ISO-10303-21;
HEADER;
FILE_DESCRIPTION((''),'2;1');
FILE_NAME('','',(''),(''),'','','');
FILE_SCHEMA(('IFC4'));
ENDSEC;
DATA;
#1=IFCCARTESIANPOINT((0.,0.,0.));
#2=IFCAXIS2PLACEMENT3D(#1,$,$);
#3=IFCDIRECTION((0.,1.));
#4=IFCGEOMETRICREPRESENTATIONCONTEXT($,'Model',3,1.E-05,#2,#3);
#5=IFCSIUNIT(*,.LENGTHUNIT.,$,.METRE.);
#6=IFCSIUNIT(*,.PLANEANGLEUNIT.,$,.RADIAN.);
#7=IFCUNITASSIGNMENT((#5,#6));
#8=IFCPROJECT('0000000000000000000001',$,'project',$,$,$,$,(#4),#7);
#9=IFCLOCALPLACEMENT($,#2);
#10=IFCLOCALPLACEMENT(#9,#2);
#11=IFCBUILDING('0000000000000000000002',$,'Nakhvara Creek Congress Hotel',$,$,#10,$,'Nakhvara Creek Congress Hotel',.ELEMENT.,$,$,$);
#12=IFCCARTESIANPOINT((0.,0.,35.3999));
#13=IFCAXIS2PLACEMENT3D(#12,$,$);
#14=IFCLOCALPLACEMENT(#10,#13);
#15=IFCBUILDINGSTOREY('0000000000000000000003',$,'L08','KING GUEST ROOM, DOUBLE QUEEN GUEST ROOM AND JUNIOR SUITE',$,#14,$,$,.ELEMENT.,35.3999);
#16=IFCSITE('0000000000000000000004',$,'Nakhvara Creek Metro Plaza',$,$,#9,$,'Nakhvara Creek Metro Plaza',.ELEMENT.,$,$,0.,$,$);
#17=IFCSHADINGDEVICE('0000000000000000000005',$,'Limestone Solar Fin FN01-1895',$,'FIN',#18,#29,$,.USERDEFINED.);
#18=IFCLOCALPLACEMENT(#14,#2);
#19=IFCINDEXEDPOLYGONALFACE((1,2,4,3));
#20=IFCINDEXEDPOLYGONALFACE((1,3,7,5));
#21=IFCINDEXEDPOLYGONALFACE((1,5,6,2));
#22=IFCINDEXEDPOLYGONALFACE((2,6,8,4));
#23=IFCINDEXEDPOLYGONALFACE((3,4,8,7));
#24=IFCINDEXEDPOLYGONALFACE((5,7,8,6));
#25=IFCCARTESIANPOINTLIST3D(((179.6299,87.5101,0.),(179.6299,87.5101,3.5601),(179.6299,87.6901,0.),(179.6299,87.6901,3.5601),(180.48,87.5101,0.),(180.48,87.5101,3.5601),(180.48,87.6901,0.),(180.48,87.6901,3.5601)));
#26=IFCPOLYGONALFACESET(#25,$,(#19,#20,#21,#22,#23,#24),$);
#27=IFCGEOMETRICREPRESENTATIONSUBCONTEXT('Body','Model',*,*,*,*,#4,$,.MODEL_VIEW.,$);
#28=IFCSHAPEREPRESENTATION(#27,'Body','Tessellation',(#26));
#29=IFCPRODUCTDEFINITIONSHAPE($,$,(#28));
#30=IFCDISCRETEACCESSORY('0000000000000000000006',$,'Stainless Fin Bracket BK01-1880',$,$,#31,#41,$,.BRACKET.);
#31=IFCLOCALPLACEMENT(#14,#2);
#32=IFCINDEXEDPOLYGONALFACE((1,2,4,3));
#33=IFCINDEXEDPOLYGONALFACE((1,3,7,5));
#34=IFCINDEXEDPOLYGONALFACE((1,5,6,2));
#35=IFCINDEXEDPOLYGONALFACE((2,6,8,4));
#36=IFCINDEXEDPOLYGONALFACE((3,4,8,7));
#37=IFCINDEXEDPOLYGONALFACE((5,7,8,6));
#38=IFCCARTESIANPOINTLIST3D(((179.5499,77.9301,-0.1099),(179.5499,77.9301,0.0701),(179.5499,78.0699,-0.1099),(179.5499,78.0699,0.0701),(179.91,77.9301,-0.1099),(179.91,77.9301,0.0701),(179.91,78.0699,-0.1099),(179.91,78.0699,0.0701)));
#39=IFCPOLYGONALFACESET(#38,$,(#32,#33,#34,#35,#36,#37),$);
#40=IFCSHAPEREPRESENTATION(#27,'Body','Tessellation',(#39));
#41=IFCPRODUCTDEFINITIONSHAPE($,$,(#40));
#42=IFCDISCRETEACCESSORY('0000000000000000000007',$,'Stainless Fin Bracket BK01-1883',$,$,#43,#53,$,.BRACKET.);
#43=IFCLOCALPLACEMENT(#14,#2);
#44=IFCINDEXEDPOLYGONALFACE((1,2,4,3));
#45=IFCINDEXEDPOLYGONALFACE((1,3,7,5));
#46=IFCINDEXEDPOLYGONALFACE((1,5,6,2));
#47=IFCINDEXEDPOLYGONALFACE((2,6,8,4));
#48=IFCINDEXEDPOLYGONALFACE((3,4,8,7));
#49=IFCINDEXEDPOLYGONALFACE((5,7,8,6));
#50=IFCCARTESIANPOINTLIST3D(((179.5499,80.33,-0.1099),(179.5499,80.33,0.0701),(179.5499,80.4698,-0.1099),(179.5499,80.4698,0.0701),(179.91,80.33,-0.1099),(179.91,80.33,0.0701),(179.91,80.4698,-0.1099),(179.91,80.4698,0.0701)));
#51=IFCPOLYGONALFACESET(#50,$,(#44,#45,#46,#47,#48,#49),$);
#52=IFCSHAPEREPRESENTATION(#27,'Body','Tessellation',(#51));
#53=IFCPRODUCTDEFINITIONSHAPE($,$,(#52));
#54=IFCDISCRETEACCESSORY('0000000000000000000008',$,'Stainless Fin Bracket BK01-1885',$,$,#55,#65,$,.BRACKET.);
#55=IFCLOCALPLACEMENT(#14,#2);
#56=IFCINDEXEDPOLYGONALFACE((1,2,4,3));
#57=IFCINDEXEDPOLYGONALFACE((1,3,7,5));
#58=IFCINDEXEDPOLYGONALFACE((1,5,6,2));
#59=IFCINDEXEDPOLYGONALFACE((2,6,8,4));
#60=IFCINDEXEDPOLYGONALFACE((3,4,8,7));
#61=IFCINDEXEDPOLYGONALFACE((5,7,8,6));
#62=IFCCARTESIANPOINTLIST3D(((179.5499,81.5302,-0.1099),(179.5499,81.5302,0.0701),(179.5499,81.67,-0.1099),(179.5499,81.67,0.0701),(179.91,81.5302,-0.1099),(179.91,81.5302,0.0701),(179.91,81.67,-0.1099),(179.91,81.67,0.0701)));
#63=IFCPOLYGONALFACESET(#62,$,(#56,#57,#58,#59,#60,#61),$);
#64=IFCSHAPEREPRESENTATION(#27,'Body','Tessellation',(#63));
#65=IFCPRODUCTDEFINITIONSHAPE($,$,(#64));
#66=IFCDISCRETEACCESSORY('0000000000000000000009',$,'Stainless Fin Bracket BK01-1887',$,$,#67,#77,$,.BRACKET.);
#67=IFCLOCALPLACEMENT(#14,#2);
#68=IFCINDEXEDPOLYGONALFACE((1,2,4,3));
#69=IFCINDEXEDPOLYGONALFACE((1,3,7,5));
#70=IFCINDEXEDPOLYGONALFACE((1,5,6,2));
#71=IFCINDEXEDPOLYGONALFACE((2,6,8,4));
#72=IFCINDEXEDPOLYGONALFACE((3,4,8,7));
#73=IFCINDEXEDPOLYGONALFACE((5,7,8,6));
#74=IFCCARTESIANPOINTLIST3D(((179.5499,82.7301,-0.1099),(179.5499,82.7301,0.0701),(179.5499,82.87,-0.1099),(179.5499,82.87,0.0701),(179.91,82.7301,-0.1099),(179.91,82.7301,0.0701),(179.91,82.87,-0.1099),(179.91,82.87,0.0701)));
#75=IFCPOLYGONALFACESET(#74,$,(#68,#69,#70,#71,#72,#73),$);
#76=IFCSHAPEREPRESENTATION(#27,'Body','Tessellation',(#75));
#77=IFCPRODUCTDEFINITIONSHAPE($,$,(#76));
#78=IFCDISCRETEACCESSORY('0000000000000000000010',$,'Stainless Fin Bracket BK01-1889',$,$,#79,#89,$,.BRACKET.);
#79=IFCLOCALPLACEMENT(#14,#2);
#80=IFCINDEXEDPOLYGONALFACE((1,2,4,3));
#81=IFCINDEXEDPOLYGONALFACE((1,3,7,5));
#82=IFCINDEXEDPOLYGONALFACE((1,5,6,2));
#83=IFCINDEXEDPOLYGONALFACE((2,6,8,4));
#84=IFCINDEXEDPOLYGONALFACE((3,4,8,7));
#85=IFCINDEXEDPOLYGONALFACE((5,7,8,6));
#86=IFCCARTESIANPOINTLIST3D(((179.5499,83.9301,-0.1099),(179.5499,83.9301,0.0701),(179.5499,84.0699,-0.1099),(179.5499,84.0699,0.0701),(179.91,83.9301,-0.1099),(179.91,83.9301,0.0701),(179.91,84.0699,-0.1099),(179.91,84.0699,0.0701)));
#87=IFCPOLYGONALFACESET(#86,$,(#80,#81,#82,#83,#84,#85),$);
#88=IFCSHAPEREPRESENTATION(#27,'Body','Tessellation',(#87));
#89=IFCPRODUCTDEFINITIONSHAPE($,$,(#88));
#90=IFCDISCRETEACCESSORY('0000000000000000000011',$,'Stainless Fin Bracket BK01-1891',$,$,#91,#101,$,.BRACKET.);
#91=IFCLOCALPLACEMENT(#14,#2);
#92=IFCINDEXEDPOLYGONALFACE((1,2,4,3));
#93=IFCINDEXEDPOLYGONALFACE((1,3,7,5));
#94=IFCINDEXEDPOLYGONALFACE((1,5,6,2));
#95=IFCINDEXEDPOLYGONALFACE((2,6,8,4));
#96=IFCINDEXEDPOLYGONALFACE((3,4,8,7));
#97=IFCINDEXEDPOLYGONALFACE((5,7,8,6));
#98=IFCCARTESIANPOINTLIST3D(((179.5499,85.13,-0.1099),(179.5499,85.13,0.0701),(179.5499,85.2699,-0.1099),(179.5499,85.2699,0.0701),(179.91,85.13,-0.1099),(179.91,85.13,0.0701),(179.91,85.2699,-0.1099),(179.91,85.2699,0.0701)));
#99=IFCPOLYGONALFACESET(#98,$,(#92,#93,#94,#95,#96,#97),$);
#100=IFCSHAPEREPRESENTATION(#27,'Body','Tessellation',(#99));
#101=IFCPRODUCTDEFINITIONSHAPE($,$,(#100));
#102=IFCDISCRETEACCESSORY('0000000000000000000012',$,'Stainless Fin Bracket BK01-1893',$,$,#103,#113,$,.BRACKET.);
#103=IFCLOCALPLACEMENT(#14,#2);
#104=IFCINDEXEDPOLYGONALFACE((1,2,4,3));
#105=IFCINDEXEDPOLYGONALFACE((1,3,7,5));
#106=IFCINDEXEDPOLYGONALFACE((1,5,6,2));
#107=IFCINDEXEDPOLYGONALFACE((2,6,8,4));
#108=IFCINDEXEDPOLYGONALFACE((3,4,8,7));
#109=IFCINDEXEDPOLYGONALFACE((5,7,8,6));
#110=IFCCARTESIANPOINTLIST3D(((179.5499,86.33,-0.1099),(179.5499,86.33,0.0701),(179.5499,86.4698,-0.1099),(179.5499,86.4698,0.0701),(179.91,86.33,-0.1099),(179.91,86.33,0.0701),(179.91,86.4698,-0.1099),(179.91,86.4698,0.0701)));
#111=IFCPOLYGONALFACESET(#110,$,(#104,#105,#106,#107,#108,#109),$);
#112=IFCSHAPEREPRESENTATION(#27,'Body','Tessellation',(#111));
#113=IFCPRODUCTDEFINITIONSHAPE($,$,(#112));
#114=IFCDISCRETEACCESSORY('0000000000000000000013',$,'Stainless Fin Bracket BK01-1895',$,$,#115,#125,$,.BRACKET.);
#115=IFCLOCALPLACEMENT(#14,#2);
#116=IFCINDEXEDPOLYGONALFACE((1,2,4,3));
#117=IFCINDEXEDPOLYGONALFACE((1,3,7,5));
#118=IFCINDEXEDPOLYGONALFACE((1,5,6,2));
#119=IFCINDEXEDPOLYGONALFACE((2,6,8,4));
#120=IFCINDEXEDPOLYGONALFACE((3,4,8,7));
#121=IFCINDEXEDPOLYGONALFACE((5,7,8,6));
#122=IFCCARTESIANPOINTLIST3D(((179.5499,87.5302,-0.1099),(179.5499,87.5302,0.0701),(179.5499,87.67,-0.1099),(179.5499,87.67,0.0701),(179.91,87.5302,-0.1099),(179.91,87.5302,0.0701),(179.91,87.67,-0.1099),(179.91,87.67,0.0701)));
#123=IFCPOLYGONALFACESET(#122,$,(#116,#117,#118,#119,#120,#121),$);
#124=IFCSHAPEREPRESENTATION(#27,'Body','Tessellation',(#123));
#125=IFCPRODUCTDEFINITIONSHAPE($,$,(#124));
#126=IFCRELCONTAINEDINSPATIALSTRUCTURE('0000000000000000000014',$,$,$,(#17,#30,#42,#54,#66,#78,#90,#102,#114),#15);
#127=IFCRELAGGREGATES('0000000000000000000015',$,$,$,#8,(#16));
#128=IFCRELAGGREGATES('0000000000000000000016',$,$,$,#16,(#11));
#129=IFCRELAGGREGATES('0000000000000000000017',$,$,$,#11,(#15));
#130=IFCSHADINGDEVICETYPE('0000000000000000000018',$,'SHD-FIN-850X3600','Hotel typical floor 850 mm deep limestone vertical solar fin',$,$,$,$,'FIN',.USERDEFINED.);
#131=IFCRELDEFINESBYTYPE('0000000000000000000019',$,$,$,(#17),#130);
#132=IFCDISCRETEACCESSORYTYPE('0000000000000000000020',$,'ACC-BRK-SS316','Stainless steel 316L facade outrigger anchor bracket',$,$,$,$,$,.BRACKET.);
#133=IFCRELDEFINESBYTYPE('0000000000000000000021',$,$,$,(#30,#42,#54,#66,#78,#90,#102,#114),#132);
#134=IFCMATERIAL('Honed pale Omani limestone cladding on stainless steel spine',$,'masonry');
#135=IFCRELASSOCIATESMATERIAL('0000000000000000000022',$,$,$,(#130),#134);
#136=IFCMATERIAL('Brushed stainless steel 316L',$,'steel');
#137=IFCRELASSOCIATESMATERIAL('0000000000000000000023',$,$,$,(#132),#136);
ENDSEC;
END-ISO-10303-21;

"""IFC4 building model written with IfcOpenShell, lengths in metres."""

from ifc_helpers import new_model, si_unit, direction, frame, origin, origin_2d, place, context, subcontext, project, spatial, rectangle, extrude, material, type_object, element, save


model = new_model("IFC4")

# Units and contexts
model_context = context("Model", 3, precision=1e-05, world=origin(), true_north=direction((0.0, 1.0)))
body_context = subcontext(model_context, "Body", "Model", "MODEL_VIEW")
ifc_project = project(units=[si_unit("LENGTHUNIT", "METRE"), si_unit("PLANEANGLEUNIT", "RADIAN")], contexts=[model_context])

# Site, building, storey
site_placement = place(None, origin())
site = spatial("IfcSite", under=ifc_project, at=site_placement, Name="Nakhvara Creek Metro Plaza", LongName="Nakhvara Creek Metro Plaza", CompositionType="ELEMENT", RefElevation=0.0)
building_placement = place(site_placement, origin())
building = spatial("IfcBuilding", under=site, at=building_placement, Name="Nakhvara Creek Congress Hotel", LongName="Nakhvara Creek Congress Hotel", CompositionType="ELEMENT")
storey_placement = place(building_placement, frame((0.0, 0.0, 35.3999)))
storey = spatial("IfcBuildingStorey", under=building, at=storey_placement, Name="L08", Description="KING GUEST ROOM, DOUBLE QUEEN GUEST ROOM AND JUNIOR SUITE", CompositionType="ELEMENT", Elevation=35.3999)

# Shading device
ifc_material_1 = material(Name="Honed pale Omani limestone cladding on stainless steel spine", Category="masonry")
shading_device_type = type_object("IfcShadingDeviceType", Name="SHD-FIN-850X3600", Description="Hotel typical floor 850 mm deep limestone vertical solar fin", ElementType="FIN", PredefinedType="USERDEFINED", material=ifc_material_1)
for number, where, z_axis, x_axis, name in (
    (1, (180.0549, 87.6001, 0.0), (0.0, 0.0, 1.0), (0.0, 1.0, 0.0), "Limestone Solar Fin FN01-1895"),
):
    element("IfcShadingDevice", number, at=place(storey_placement, frame(where, z_axis=z_axis, x_axis=x_axis)), inside=storey, type_object=shading_device_type, Name=name, ObjectType="FIN", PredefinedType="USERDEFINED", context=body_context, shape_type="SweptSolid", body=[
        extrude(rectangle(XDim=0.1799, YDim=0.8501, at=origin_2d()), origin(), (0.0, 0.0, 1.0), 3.5601),
    ])

# Discrete accessories
ifc_material_2 = material(Name="Brushed stainless steel 316L", Category="steel")
discrete_accessory_type = type_object("IfcDiscreteAccessoryType", Name="ACC-BRK-SS316", Description="Stainless steel 316L facade outrigger anchor bracket", PredefinedType="BRACKET", material=ifc_material_2)
for number, where, z_axis, x_axis, name in (
    (2, (179.73, 78.0, -0.1099), (0.0, 0.0, 1.0), (0.0, 1.0, 0.0), "Stainless Fin Bracket BK01-1880"),
    (3, (179.73, 80.3999, -0.1099), (0.0, 0.0, 1.0), (0.0, 1.0, 0.0), "Stainless Fin Bracket BK01-1883"),
    (4, (179.73, 81.6001, -0.1099), (0.0, 0.0, 1.0), (0.0, 1.0, 0.0), "Stainless Fin Bracket BK01-1885"),
    (5, (179.73, 82.8, -0.1099), (0.0, 0.0, 1.0), (0.0, 1.0, 0.0), "Stainless Fin Bracket BK01-1887"),
    (6, (179.73, 84.0, -0.1099), (0.0, 0.0, 1.0), (0.0, 1.0, 0.0), "Stainless Fin Bracket BK01-1889"),
    (7, (179.73, 85.2, -0.1099), (0.0, 0.0, 1.0), (0.0, 1.0, 0.0), "Stainless Fin Bracket BK01-1891"),
    (8, (179.73, 86.3999, -0.1099), (0.0, 0.0, 1.0), (0.0, 1.0, 0.0), "Stainless Fin Bracket BK01-1893"),
    (9, (179.73, 87.6001, -0.1099), (0.0, 0.0, 1.0), (0.0, 1.0, 0.0), "Stainless Fin Bracket BK01-1895"),
):
    element("IfcDiscreteAccessory", number, at=place(storey_placement, frame(where, z_axis=z_axis, x_axis=x_axis)), inside=storey, type_object=discrete_accessory_type, Name=name, PredefinedType="BRACKET", context=body_context, shape_type="SweptSolid", body=[
        extrude(rectangle(XDim=0.1399, YDim=0.3601, at=origin_2d()), origin(), (0.0, 0.0, 1.0), 0.1799),
    ])

save(model, "model.ifc")
